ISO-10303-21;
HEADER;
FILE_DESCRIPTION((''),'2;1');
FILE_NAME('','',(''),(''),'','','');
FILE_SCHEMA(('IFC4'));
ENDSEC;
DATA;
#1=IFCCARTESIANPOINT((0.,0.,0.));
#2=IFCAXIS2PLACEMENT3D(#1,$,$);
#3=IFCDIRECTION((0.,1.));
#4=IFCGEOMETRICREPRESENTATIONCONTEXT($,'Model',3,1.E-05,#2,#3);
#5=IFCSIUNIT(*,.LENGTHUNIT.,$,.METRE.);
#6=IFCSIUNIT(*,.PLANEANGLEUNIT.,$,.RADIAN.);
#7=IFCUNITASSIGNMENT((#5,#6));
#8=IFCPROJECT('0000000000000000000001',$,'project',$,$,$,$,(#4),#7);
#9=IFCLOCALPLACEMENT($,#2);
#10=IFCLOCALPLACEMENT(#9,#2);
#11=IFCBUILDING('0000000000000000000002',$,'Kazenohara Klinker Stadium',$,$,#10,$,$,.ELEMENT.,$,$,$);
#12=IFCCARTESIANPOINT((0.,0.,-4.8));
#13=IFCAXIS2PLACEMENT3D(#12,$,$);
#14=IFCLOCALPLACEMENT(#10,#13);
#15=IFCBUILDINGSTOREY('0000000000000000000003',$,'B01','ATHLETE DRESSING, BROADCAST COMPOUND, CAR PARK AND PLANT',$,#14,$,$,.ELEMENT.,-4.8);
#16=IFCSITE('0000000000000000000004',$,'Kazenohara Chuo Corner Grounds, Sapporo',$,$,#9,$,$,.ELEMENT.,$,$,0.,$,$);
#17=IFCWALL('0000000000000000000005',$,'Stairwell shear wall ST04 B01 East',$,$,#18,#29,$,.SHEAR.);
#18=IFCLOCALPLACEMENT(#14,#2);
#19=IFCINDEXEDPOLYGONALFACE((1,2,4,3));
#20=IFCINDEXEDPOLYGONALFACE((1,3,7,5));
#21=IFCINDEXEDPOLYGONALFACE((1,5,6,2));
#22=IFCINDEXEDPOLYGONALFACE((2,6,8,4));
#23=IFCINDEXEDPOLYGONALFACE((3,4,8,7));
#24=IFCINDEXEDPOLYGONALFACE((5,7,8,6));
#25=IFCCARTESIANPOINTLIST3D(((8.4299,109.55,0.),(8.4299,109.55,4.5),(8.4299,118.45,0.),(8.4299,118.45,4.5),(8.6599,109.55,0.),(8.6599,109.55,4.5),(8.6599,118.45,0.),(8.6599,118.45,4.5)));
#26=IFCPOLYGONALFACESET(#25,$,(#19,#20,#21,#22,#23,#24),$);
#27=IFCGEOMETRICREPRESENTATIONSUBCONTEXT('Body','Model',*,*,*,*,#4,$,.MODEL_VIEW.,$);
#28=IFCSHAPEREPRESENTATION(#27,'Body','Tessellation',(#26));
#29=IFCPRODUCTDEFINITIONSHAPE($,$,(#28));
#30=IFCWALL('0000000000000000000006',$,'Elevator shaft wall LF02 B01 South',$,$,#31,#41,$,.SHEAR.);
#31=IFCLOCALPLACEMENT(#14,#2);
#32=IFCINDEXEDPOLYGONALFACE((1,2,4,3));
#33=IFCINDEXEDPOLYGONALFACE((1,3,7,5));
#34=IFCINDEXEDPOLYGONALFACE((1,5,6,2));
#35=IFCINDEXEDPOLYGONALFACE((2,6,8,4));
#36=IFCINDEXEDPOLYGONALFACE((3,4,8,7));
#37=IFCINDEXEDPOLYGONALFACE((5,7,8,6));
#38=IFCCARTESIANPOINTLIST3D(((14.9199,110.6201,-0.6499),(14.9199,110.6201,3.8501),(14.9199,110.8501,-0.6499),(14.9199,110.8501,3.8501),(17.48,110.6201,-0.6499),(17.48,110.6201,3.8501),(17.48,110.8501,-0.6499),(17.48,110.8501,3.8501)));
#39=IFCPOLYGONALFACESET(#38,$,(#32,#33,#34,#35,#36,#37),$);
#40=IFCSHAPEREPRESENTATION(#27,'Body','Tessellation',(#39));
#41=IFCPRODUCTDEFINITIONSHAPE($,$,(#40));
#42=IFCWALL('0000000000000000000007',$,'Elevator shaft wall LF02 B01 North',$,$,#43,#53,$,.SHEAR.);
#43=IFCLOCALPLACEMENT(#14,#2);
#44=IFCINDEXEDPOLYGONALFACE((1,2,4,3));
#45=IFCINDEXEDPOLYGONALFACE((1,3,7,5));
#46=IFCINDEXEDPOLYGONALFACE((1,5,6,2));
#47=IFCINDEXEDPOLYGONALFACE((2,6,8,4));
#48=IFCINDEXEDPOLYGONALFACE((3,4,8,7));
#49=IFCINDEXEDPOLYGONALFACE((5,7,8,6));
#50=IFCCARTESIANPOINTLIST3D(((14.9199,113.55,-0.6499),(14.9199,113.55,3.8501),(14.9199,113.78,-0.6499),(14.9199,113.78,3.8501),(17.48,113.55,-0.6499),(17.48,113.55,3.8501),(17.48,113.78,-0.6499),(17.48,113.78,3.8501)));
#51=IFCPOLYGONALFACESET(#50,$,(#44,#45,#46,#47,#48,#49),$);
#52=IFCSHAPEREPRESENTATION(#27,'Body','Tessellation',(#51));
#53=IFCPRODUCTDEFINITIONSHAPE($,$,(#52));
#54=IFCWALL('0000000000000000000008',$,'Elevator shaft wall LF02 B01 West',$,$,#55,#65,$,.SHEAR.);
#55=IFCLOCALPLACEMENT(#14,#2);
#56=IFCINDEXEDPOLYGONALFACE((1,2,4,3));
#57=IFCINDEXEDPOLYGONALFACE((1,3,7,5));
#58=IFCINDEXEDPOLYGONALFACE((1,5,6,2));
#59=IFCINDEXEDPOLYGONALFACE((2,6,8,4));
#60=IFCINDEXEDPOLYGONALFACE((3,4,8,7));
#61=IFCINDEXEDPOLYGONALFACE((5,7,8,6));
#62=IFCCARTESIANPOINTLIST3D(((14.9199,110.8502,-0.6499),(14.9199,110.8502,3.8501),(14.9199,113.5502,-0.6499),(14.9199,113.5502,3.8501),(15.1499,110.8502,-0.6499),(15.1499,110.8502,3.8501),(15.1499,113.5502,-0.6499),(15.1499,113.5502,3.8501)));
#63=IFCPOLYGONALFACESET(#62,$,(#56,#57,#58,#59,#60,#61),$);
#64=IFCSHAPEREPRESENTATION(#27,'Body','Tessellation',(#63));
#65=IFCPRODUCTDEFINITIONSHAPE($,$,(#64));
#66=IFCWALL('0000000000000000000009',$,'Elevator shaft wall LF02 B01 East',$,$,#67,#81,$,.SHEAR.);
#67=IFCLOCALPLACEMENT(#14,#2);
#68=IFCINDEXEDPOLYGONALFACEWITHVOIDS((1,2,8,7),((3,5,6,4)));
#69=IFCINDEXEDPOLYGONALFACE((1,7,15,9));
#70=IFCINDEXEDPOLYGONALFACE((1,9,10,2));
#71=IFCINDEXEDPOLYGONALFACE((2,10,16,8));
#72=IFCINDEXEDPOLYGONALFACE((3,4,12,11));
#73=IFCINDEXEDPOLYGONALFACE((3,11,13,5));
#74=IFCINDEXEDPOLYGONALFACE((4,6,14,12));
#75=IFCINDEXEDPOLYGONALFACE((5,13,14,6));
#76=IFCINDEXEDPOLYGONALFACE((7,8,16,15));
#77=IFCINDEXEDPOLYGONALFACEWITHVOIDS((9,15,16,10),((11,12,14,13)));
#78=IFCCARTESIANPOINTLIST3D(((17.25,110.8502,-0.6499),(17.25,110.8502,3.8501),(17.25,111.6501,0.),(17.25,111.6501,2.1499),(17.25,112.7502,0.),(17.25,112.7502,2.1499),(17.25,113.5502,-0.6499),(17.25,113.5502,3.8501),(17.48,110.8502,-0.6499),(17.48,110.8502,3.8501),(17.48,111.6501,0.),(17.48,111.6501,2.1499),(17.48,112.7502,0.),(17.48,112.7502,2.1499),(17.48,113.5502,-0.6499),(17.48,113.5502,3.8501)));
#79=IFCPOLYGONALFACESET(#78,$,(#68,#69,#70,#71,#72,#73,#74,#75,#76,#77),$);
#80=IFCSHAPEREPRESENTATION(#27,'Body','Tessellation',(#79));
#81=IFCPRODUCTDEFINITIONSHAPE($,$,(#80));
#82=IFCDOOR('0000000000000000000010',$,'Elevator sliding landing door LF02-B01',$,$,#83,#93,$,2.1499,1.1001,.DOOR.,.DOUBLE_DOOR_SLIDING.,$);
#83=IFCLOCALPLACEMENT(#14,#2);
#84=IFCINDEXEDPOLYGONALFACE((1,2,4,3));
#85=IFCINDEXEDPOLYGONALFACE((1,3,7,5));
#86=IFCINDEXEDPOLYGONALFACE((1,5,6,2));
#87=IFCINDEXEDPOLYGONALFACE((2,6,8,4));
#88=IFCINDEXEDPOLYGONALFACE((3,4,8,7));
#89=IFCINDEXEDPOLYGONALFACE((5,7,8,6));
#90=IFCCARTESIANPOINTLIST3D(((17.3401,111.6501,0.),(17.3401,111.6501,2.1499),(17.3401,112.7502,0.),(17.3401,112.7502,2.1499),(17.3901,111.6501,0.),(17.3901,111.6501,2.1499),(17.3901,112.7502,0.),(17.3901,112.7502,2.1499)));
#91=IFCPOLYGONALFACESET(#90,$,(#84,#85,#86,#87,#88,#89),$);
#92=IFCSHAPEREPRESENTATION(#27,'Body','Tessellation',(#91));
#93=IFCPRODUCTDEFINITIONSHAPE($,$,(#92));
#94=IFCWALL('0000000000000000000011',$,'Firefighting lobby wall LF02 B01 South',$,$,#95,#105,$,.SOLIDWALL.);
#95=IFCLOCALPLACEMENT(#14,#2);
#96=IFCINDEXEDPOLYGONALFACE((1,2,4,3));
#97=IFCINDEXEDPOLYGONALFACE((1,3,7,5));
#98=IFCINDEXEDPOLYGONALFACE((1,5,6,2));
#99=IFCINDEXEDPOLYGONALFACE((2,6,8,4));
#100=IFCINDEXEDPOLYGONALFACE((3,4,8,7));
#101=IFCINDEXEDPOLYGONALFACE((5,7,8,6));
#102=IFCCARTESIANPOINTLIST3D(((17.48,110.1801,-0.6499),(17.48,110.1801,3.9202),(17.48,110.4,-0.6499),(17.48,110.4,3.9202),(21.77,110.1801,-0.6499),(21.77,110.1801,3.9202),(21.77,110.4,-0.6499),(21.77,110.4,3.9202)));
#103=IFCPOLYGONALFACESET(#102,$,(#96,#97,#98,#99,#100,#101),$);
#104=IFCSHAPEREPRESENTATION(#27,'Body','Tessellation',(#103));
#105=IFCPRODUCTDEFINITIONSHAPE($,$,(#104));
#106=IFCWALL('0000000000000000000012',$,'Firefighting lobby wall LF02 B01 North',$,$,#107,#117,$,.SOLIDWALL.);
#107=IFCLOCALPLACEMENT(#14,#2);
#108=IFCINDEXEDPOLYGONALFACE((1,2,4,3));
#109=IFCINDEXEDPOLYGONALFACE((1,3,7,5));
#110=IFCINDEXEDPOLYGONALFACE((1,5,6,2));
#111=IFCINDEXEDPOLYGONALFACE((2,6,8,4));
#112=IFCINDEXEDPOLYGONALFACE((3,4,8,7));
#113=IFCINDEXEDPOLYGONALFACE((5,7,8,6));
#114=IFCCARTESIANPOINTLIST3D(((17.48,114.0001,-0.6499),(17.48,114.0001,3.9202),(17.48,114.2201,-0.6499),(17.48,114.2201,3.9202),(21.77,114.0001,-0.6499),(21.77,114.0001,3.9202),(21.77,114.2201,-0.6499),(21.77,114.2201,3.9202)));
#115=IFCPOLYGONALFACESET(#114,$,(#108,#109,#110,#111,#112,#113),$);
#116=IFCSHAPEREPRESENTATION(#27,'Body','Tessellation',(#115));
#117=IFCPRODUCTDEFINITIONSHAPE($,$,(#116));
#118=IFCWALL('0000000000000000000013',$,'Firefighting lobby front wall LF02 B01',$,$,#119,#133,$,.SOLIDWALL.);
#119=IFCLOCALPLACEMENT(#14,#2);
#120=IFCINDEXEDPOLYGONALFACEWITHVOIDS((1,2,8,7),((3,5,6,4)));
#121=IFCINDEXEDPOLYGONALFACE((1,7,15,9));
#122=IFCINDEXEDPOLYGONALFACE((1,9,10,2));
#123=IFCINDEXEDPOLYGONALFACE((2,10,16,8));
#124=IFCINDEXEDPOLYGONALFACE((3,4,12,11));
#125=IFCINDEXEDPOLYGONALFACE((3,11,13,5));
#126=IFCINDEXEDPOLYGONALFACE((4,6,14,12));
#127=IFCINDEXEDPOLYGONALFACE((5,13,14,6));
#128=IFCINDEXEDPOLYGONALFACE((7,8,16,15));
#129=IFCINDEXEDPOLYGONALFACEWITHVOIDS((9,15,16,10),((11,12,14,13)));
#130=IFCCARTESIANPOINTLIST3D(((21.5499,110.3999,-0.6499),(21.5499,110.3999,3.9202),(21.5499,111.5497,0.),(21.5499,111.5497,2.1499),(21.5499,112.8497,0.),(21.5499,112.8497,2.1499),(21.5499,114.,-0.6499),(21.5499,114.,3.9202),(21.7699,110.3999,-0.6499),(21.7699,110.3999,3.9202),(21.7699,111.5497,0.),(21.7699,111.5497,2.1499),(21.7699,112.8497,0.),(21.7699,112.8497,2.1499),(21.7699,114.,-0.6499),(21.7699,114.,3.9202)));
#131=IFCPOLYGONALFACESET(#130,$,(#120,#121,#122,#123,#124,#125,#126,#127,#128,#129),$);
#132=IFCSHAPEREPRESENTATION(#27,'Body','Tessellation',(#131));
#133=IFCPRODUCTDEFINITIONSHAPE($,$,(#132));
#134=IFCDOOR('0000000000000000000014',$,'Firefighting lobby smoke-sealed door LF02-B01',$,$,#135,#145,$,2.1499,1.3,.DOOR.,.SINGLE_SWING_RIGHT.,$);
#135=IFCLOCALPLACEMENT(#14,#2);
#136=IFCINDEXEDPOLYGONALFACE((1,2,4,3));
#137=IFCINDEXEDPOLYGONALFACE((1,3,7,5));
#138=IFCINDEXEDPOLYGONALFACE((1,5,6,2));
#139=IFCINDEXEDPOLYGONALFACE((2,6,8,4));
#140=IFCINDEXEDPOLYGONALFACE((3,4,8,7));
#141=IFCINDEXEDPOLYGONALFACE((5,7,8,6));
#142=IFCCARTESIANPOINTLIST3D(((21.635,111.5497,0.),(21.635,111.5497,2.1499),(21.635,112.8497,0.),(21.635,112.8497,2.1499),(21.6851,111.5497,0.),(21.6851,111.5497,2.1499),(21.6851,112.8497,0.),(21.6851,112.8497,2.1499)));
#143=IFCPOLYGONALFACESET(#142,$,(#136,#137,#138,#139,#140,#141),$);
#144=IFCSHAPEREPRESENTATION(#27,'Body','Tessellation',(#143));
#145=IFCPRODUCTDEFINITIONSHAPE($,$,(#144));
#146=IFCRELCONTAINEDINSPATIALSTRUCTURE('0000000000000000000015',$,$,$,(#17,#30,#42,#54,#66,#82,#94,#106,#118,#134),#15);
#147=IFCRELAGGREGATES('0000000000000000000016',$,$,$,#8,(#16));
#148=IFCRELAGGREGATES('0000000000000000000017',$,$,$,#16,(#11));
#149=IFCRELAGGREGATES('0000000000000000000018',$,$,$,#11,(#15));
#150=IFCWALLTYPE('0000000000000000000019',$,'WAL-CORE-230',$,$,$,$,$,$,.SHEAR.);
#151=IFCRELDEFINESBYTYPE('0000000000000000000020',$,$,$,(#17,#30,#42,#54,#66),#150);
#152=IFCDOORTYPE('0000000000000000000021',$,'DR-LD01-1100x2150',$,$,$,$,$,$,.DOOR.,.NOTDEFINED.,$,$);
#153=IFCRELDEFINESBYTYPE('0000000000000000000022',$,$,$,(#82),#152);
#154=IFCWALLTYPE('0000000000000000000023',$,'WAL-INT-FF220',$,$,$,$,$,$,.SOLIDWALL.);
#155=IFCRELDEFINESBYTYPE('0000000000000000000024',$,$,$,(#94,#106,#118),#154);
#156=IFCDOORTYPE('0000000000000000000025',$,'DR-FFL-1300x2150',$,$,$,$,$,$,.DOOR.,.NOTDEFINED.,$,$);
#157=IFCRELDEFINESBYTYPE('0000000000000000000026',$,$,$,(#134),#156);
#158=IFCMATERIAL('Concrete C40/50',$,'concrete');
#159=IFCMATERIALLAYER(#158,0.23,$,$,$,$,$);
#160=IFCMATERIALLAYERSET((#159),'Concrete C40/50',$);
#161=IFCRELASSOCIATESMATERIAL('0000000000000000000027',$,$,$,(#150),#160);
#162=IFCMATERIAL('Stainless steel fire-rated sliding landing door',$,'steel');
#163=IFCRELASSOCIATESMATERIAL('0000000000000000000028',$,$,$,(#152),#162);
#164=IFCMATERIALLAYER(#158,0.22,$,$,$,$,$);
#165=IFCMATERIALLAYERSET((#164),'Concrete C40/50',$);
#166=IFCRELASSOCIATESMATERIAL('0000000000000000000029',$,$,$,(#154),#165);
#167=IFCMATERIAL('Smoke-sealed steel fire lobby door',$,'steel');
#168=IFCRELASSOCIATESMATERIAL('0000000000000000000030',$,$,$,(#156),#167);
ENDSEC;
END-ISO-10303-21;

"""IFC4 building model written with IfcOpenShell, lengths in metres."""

from ifc_helpers import new_model, si_unit, direction, frame, frame_2d, origin, place, context, subcontext, project, spatial, rectangle, extrude, material, layer, layer_set, type_object, element, fill, save


model = new_model("IFC4")

# Units and contexts
model_context = context("Model", 3, precision=1e-05, world=origin(), true_north=direction((0.0, 1.0)))
body_context = subcontext(model_context, "Body", "Model", "MODEL_VIEW")
ifc_project = project(units=[si_unit("LENGTHUNIT", "METRE"), si_unit("PLANEANGLEUNIT", "RADIAN")], contexts=[model_context])

# Site, building, storey
site_placement = place(None, origin())
site = spatial("IfcSite", under=ifc_project, at=site_placement, Name="Kazenohara Chuo Corner Grounds, Sapporo", CompositionType="ELEMENT", RefElevation=0.0)
building_placement = place(site_placement, origin())
building = spatial("IfcBuilding", under=site, at=building_placement, Name="Kazenohara Klinker Stadium", CompositionType="ELEMENT")
storey_placement = place(building_placement, frame((0.0, 0.0, -4.8)))
storey = spatial("IfcBuildingStorey", under=building, at=storey_placement, Name="B01", Description="ATHLETE DRESSING, BROADCAST COMPOUND, CAR PARK AND PLANT", CompositionType="ELEMENT", Elevation=-4.8)

# Shared definitions
ifc_material_1 = material(Name="Concrete C40/50", Category="concrete")

# Walls
ifc_layer_1 = layer(ifc_material_1, 0.23)
ifc_layer_set_1 = layer_set([ifc_layer_1], Name="Concrete C40/50")
wall_type_1 = type_object("IfcWallType", Name="WAL-CORE-230", PredefinedType="SHEAR", material=ifc_layer_set_1)
wall_1_placement = place(storey_placement, frame((8.5449, 109.55, 0.0), z_axis=(0.0, 0.0, 1.0), x_axis=(0.0, 1.0, 0.0)))
element("IfcWall", 1, at=wall_1_placement, inside=storey, type_object=wall_type_1, Name="Stairwell shear wall ST04 B01 East", PredefinedType="SHEAR", context=body_context, shape_type="SweptSolid", body=[
    extrude(rectangle(XDim=8.8999, YDim=0.23, at=frame_2d((4.45, 0.0))), origin(), (0.0, 0.0, 1.0), 4.5),
])
for number, where, z_axis, x_axis, name in (
    (2, (14.9199, 110.7351, -0.6499), (0.0, 0.0, 1.0), (1.0, 0.0, 0.0), "Elevator shaft wall LF02 B01 South"),
    (3, (14.9199, 113.665, -0.6499), (0.0, 0.0, 1.0), (1.0, 0.0, 0.0), "Elevator shaft wall LF02 B01 North"),
):
    element("IfcWall", number, at=place(storey_placement, frame(where, z_axis=z_axis, x_axis=x_axis)), inside=storey, type_object=wall_type_1, Name=name, PredefinedType="SHEAR", context=body_context, shape_type="SweptSolid", body=[
        extrude(rectangle(XDim=2.5601, YDim=0.23, at=frame_2d((1.28, 0.0))), origin(), (0.0, 0.0, 1.0), 4.5),
    ])
wall_2_placement = place(storey_placement, frame((15.0349, 110.8501, -0.6499), z_axis=(0.0, 0.0, 1.0), x_axis=(0.0, 1.0, 0.0)))
element("IfcWall", 4, at=wall_2_placement, inside=storey, type_object=wall_type_1, Name="Elevator shaft wall LF02 B01 West", PredefinedType="SHEAR", context=body_context, shape_type="SweptSolid", body=[
    extrude(rectangle(XDim=2.7, YDim=0.23, at=frame_2d((1.3501, 0.0))), origin(), (0.0, 0.0, 1.0), 4.5),
])

# Wall, opening, door
wall_3_placement = place(storey_placement, frame((17.365, 110.8501, -0.6499), z_axis=(0.0, 0.0, 1.0), x_axis=(0.0, 1.0, 0.0)))
wall_3 = element("IfcWall", 5, at=wall_3_placement, inside=storey, type_object=wall_type_1, Name="Elevator shaft wall LF02 B01 East", PredefinedType="SHEAR", context=body_context, shape_type="SweptSolid", body=[
    extrude(rectangle(XDim=2.7, YDim=0.23, at=frame_2d((1.3501, 0.0))), origin(), (0.0, 0.0, 1.0), 4.5),
])
opening_1_placement = place(wall_3_placement, frame((0.8, 0.0, 0.6499)))
opening_1 = element("IfcOpeningElement", 6, at=opening_1_placement, cuts=wall_3, PredefinedType="OPENING", context=body_context, shape_type="SweptSolid", body=[
    extrude(rectangle(XDim=1.1001, YDim=2.1499, at=frame_2d((0.55, 1.075))), frame((0.0, 0.125, 0.0), z_axis=(0.0, -1.0, 0.0), x_axis=(1.0, 0.0, 0.0)), (0.0, 0.0, 1.0), 0.25),
])
ifc_material_2 = material(Name="Stainless steel fire-rated sliding landing door", Category="steel")
door_type_1 = type_object("IfcDoorType", Name="DR-LD01-1100x2150", OperationType="NOTDEFINED", PredefinedType="DOOR", material=ifc_material_2)
door_1_placement = place(opening_1_placement, origin())
door_1 = element("IfcDoor", 7, at=door_1_placement, inside=storey, type_object=door_type_1, Name="Elevator sliding landing door LF02-B01", OperationType="DOUBLE_DOOR_SLIDING", OverallHeight=2.1499, OverallWidth=1.1001, PredefinedType="DOOR", context=body_context, shape_type="SweptSolid", body=[
    extrude(rectangle(XDim=1.1001, YDim=2.1499, at=frame_2d((0.55, 1.075))), frame((0.0, 0.0249, 0.0), z_axis=(0.0, -1.0, 0.0), x_axis=(1.0, 0.0, 0.0)), (0.0, 0.0, 1.0), 0.05),
])
fill(opening_1, door_1)

# Walls
ifc_layer_2 = layer(ifc_material_1, 0.22)
ifc_layer_set_2 = layer_set([ifc_layer_2], Name="Concrete C40/50")
wall_type_2 = type_object("IfcWallType", Name="WAL-INT-FF220", PredefinedType="SOLIDWALL", material=ifc_layer_set_2)
for number, where, z_axis, x_axis, name in (
    (8, (17.48, 110.29, -0.6499), (0.0, 0.0, 1.0), (1.0, 0.0, 0.0), "Firefighting lobby wall LF02 B01 South"),
    (9, (17.48, 114.1101, -0.6499), (0.0, 0.0, 1.0), (1.0, 0.0, 0.0), "Firefighting lobby wall LF02 B01 North"),
):
    element("IfcWall", number, at=place(storey_placement, frame(where, z_axis=z_axis, x_axis=x_axis)), inside=storey, type_object=wall_type_2, Name=name, PredefinedType="SOLIDWALL", context=body_context, shape_type="SweptSolid", body=[
        extrude(rectangle(XDim=4.29, YDim=0.22, at=frame_2d((2.145, 0.0))), origin(), (0.0, 0.0, 1.0), 4.5701),
    ])

# Wall, opening, door
wall_4_placement = place(storey_placement, frame((21.6599, 110.3999, -0.6499), z_axis=(0.0, 0.0, 1.0), x_axis=(0.0, 1.0, 0.0)))
wall_4 = element("IfcWall", 10, at=wall_4_placement, inside=storey, type_object=wall_type_2, Name="Firefighting lobby front wall LF02 B01", PredefinedType="SOLIDWALL", context=body_context, shape_type="SweptSolid", body=[
    extrude(rectangle(XDim=3.6001, YDim=0.22, at=frame_2d((1.8, 0.0))), origin(), (0.0, 0.0, 1.0), 4.5701),
])
opening_2_placement = place(wall_4_placement, frame((1.1499, 0.0, 0.6499)))
opening_2 = element("IfcOpeningElement", 11, at=opening_2_placement, cuts=wall_4, PredefinedType="OPENING", context=body_context, shape_type="SweptSolid", body=[
    extrude(rectangle(XDim=1.3, YDim=2.1499, at=frame_2d((0.6499, 1.075))), frame((0.0, 0.1201, 0.0), z_axis=(0.0, -1.0, 0.0), x_axis=(1.0, 0.0, 0.0)), (0.0, 0.0, 1.0), 0.24),
])
ifc_material_3 = material(Name="Smoke-sealed steel fire lobby door", Category="steel")
door_type_2 = type_object("IfcDoorType", Name="DR-FFL-1300x2150", OperationType="NOTDEFINED", PredefinedType="DOOR", material=ifc_material_3)
door_2_placement = place(opening_2_placement, origin())
door_2 = element("IfcDoor", 12, at=door_2_placement, inside=storey, type_object=door_type_2, Name="Firefighting lobby smoke-sealed door LF02-B01", OperationType="SINGLE_SWING_RIGHT", OverallHeight=2.1499, OverallWidth=1.3, PredefinedType="DOOR", context=body_context, shape_type="SweptSolid", body=[
    extrude(rectangle(XDim=1.3, YDim=2.1499, at=frame_2d((0.6499, 1.075))), frame((0.0, 0.0249, 0.0), z_axis=(0.0, -1.0, 0.0), x_axis=(1.0, 0.0, 0.0)), (0.0, 0.0, 1.0), 0.05),
])
fill(opening_2, door_2)

save(model, "model.ifc")
